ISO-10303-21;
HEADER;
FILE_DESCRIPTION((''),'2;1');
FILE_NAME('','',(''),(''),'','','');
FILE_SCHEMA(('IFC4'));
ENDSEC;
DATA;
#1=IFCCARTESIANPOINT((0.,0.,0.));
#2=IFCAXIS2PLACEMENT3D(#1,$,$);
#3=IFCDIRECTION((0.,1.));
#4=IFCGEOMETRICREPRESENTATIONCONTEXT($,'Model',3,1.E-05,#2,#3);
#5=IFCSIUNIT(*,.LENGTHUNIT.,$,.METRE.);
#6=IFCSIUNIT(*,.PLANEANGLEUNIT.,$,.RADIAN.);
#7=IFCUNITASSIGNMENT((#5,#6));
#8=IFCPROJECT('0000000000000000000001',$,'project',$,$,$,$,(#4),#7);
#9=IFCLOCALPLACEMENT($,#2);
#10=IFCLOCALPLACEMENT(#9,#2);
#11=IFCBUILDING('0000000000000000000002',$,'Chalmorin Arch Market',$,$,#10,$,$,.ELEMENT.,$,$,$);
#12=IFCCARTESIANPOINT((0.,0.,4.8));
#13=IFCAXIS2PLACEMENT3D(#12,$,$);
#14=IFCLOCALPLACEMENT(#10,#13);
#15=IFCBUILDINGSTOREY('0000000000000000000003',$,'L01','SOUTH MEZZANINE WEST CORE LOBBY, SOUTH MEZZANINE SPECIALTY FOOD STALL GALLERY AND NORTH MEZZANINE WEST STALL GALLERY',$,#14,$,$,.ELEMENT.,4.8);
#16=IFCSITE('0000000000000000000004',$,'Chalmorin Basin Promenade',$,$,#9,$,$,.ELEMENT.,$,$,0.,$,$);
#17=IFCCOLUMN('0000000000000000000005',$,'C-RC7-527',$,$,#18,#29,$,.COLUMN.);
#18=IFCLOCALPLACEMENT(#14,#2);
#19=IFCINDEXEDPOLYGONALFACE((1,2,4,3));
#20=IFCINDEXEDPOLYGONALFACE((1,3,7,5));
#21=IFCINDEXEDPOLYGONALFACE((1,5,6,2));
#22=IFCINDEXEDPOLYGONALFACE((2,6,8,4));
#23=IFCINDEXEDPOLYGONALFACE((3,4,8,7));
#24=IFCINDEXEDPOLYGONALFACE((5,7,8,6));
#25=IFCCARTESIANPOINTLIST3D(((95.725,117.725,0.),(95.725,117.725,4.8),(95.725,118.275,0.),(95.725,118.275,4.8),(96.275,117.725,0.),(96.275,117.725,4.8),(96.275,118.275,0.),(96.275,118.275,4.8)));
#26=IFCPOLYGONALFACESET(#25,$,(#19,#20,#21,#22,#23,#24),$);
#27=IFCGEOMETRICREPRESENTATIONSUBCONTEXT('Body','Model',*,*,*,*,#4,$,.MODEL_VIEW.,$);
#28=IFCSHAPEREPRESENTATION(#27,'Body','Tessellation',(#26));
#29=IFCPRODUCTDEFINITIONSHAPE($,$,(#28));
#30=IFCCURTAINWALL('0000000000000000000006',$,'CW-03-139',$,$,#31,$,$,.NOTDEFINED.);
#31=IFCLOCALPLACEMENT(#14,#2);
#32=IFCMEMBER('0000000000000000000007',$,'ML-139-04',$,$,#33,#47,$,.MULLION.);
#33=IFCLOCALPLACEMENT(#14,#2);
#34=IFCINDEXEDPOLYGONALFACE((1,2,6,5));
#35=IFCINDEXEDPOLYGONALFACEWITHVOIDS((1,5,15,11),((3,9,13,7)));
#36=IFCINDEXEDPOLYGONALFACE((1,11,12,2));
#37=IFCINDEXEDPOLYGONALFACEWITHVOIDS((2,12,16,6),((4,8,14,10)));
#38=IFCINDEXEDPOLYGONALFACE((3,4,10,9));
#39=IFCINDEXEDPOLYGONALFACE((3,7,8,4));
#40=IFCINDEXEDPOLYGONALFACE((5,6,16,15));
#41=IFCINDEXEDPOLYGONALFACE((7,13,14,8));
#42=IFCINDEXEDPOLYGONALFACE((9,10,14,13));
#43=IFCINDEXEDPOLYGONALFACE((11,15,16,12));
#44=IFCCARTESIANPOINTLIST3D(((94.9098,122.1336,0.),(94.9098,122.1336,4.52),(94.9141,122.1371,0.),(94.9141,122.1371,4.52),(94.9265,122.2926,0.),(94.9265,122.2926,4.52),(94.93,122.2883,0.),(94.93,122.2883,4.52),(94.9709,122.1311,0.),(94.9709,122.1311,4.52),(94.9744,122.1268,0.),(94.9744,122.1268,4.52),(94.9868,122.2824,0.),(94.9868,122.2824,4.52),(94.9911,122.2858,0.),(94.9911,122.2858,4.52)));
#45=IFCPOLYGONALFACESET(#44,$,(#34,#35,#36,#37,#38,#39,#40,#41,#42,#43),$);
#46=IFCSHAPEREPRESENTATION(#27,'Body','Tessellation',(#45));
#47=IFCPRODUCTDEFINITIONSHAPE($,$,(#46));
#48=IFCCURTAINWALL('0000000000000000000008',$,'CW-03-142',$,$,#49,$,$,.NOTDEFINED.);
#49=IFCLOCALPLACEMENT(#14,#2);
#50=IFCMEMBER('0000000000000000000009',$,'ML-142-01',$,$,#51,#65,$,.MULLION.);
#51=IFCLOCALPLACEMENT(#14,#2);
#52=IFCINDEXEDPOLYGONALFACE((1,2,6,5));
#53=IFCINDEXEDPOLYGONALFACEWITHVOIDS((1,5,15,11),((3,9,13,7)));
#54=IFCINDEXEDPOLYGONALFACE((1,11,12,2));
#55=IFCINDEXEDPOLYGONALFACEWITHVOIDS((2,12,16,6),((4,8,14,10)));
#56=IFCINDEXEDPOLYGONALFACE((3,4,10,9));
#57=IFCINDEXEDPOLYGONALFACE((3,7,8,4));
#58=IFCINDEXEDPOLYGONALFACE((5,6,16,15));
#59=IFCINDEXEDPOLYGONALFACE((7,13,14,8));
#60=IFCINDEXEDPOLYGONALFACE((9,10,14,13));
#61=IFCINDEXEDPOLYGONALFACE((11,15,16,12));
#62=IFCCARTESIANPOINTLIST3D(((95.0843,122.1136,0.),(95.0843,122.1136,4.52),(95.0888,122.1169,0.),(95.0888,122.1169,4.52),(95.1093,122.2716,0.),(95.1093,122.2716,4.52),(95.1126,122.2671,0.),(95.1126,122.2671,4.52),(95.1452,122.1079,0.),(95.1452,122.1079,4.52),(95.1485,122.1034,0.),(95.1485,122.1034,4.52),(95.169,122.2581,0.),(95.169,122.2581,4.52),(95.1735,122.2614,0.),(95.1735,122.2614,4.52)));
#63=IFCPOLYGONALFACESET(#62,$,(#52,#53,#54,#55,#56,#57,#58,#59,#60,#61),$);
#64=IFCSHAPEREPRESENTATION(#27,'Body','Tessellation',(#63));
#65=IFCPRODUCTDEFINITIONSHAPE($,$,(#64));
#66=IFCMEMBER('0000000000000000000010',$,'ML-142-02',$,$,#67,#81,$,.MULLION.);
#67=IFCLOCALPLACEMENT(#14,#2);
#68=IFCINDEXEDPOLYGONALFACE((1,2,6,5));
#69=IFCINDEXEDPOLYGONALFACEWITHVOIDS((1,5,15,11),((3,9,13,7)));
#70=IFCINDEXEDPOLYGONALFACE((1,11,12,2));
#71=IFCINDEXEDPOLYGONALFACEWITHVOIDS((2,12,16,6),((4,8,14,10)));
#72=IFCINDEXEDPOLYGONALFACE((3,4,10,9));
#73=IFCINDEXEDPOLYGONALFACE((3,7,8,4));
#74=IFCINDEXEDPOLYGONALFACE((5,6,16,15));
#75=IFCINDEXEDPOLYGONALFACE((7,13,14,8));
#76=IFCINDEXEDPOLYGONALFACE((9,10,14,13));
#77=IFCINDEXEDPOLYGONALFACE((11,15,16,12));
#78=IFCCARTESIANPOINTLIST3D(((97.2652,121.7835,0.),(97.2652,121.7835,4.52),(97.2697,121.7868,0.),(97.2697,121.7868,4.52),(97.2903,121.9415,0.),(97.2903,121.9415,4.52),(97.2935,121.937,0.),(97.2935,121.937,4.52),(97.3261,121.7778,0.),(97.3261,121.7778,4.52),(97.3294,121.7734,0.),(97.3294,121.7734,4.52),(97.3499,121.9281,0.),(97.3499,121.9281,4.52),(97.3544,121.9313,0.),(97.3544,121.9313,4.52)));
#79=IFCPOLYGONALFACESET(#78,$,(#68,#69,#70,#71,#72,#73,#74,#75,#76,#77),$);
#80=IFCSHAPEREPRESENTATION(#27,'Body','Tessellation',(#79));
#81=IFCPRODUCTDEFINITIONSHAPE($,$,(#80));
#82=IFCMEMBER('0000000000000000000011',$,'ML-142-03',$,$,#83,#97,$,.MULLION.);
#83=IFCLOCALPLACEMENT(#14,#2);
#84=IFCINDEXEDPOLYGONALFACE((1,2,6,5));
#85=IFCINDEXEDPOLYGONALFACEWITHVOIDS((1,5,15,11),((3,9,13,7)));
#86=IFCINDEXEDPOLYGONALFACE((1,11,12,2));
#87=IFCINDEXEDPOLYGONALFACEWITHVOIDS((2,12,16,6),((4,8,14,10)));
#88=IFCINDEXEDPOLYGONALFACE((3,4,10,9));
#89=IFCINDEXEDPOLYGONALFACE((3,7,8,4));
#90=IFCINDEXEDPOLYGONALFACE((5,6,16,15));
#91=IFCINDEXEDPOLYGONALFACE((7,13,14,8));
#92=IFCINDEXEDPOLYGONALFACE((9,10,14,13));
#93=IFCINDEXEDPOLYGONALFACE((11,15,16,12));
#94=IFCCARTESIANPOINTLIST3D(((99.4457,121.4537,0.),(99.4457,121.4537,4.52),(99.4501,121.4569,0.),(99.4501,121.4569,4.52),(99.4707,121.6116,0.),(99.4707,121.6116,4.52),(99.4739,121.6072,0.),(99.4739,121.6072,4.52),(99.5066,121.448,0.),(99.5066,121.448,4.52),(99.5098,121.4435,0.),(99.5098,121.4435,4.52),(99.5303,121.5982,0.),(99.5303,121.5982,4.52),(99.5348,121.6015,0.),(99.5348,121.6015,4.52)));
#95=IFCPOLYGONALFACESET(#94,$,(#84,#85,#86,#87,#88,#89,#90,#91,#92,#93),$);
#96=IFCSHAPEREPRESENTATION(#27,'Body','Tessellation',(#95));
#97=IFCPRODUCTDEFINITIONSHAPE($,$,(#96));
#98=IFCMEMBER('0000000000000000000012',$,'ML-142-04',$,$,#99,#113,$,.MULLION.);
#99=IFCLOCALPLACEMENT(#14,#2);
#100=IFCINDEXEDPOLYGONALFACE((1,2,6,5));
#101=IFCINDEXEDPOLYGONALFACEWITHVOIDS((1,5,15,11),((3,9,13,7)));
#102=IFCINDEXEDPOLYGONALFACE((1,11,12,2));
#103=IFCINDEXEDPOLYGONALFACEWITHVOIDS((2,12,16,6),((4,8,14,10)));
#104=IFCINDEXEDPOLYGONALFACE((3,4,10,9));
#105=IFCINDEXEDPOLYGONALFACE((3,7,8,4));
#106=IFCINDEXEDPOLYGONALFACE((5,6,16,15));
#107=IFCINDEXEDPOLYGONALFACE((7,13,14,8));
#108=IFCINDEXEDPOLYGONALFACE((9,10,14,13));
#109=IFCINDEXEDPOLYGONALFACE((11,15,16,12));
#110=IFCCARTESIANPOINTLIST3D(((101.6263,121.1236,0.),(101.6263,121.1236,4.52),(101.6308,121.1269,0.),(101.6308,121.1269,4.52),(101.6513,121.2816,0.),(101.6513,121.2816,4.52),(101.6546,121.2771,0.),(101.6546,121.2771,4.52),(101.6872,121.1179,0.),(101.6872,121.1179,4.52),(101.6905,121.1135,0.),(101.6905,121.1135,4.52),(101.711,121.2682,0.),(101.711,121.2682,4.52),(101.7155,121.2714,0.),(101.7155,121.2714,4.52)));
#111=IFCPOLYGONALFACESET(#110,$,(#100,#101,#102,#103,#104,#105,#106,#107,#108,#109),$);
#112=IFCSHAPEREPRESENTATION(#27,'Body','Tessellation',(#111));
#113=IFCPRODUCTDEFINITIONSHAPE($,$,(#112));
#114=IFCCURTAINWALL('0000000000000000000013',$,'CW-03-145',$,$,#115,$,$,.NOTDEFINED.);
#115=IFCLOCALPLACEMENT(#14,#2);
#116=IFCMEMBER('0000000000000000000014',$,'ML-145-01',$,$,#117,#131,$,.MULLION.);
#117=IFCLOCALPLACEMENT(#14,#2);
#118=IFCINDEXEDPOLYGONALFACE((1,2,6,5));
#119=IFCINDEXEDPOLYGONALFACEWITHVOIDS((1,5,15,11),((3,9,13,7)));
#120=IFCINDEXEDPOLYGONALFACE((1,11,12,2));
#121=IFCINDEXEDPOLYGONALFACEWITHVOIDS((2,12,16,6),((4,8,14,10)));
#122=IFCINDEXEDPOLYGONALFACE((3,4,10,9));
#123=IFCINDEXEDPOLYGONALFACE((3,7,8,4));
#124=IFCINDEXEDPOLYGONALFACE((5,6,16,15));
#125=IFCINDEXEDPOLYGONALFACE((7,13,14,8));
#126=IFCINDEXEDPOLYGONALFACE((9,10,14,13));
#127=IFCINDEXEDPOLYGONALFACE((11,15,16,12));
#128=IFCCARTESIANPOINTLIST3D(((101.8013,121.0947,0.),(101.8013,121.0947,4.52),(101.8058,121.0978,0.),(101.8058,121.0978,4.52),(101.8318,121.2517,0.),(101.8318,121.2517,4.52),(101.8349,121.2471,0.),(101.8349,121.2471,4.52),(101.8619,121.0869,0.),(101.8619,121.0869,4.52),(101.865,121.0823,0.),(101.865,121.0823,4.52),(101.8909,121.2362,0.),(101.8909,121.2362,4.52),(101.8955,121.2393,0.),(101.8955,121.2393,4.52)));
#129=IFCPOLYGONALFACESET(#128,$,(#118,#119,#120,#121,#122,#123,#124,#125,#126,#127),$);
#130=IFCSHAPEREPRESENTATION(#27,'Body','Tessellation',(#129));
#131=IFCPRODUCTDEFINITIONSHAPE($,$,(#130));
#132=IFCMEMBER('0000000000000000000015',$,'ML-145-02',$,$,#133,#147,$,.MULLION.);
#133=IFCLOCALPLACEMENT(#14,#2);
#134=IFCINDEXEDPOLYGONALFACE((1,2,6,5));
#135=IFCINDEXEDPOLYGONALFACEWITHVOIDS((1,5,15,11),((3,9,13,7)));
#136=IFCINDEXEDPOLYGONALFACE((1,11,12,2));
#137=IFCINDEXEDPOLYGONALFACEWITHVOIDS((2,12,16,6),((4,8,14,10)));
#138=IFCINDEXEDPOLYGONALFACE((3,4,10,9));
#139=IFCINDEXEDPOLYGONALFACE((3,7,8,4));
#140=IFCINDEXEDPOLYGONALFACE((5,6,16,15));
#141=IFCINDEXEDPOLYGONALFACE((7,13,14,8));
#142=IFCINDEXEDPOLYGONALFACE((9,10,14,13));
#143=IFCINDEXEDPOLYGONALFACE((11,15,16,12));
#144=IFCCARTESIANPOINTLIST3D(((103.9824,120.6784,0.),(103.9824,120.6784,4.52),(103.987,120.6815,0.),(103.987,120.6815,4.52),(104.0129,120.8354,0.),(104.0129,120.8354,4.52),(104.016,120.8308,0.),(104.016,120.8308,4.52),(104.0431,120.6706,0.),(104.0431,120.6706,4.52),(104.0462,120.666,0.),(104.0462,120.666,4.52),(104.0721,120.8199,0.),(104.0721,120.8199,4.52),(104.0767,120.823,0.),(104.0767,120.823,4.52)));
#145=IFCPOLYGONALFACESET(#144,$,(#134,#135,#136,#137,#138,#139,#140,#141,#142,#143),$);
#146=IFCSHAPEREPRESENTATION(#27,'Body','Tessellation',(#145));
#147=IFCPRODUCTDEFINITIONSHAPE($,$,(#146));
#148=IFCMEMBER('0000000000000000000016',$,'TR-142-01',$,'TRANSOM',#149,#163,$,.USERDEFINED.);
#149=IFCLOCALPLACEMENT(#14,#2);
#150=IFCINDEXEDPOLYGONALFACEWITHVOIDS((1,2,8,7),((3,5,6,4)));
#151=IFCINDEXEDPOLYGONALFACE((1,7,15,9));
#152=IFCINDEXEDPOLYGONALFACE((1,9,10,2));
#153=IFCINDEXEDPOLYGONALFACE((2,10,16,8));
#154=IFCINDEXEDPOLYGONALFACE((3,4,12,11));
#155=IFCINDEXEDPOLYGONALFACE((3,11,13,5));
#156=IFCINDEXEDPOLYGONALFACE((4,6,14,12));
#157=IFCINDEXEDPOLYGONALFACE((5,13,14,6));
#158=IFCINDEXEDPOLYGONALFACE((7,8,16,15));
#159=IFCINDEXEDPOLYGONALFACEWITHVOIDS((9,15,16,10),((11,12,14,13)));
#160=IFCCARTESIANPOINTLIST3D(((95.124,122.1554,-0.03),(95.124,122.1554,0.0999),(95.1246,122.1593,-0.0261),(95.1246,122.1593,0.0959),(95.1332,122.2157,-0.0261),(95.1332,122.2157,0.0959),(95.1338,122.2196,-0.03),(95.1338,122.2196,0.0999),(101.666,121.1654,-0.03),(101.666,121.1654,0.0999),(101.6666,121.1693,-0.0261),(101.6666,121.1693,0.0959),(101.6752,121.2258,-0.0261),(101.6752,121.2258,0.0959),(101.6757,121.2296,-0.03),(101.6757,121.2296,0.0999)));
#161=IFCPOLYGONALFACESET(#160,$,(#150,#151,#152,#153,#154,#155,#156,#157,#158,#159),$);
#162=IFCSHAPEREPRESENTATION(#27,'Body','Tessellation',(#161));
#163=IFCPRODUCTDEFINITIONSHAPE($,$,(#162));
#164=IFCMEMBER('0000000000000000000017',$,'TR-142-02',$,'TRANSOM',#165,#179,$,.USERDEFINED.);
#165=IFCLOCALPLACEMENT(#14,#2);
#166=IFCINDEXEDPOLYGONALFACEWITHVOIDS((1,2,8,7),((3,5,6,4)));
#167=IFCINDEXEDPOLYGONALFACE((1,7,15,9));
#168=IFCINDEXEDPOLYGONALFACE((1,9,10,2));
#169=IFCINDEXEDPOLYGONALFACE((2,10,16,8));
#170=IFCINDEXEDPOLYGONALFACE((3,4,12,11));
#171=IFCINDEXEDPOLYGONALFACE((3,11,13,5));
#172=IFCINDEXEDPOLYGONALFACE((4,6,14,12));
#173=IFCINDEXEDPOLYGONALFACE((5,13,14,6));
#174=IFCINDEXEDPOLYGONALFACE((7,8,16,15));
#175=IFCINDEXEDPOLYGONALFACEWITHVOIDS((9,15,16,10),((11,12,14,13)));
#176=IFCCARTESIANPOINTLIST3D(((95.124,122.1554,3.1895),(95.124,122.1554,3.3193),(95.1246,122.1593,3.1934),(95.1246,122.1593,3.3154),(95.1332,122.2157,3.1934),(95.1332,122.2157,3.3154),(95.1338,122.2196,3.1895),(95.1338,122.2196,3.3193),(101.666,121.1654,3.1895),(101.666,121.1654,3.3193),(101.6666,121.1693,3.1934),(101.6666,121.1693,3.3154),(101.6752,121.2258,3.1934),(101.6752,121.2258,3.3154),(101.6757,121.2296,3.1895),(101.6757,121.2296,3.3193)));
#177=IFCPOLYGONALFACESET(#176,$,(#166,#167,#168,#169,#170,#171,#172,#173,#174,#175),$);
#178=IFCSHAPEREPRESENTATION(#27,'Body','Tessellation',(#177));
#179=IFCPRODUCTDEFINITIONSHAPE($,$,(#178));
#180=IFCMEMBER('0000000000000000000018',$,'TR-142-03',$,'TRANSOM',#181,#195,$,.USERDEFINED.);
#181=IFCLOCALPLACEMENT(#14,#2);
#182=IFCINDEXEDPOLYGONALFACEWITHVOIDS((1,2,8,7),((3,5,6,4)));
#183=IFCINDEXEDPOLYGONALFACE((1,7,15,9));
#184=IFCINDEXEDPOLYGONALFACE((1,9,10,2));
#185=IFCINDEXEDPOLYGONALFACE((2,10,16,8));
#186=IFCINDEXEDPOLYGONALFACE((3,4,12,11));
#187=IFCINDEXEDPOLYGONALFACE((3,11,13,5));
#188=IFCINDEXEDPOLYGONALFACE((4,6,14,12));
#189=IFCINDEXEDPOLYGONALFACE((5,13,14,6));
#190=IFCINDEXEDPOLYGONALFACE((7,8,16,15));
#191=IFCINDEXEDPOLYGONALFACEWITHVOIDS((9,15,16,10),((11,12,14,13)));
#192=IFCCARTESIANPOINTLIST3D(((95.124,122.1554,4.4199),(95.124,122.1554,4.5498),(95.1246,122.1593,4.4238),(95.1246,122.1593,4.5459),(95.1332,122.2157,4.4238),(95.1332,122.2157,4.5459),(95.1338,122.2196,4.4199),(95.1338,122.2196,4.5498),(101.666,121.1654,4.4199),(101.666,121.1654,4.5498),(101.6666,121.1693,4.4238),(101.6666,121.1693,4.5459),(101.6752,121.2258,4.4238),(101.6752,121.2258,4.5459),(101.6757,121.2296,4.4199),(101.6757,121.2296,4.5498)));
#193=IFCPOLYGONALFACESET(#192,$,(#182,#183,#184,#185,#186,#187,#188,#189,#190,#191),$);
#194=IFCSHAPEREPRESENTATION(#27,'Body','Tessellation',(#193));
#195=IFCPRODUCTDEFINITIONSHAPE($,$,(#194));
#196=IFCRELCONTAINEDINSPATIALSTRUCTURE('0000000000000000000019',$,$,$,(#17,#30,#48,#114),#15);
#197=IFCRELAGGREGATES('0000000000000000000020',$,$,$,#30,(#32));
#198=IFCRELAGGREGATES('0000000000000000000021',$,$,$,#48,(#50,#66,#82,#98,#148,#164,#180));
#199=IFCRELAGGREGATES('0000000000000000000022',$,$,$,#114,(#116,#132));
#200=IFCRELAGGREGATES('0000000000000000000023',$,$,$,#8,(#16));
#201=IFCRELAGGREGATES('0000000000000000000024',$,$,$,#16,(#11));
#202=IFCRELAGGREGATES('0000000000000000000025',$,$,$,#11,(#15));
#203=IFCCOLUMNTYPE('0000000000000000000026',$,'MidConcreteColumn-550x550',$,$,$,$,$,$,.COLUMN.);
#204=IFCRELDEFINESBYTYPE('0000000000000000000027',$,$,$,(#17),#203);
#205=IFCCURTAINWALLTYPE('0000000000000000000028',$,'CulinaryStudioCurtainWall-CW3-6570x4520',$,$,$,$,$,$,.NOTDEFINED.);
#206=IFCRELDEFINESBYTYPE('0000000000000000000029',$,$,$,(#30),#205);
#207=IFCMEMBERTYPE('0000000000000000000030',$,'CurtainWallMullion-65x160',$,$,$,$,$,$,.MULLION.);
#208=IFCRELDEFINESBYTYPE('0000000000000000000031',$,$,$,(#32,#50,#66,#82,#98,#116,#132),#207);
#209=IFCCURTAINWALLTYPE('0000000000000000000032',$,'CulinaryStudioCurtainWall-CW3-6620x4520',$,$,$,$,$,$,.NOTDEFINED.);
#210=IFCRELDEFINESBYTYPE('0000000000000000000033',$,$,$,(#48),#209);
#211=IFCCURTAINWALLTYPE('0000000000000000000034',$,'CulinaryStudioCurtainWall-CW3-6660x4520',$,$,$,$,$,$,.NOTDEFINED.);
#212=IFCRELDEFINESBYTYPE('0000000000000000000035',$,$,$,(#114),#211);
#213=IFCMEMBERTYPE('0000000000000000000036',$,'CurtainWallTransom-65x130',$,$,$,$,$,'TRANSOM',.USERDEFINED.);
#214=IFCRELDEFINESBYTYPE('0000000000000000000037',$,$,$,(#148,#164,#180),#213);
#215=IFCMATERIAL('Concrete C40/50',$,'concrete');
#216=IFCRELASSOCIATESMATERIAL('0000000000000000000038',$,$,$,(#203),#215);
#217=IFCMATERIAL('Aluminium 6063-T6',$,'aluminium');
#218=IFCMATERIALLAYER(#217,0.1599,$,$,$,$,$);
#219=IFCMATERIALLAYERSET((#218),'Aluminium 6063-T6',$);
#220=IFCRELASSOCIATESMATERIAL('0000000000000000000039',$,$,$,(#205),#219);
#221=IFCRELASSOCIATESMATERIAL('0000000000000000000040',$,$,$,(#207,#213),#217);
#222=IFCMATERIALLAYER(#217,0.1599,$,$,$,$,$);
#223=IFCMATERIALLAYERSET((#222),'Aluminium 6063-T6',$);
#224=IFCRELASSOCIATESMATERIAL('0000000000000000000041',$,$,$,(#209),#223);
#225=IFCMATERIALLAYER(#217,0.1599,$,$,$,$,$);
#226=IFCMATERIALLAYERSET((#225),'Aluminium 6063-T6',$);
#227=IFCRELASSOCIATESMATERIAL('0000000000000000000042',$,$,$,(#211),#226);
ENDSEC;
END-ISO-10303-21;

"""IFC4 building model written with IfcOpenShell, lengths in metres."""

from ifc_helpers import new_model, si_unit, direction, frame, origin, origin_2d, place, context, subcontext, project, spatial, rectangle, hollow_rectangle, extrude, material, layer, layer_set, material_profile, profile_set, type_object, element, aggregate, save


model = new_model("IFC4")

# Units and contexts
model_context = context("Model", 3, precision=1e-05, world=origin(), true_north=direction((0.0, 1.0)))
body_context = subcontext(model_context, "Body", "Model", "MODEL_VIEW")
ifc_project = project(units=[si_unit("LENGTHUNIT", "METRE"), si_unit("PLANEANGLEUNIT", "RADIAN")], contexts=[model_context])

# Site, building, storey
site_placement = place(None, origin())
site = spatial("IfcSite", under=ifc_project, at=site_placement, Name="Chalmorin Basin Promenade", CompositionType="ELEMENT", RefElevation=0.0)
building_placement = place(site_placement, origin())
building = spatial("IfcBuilding", under=site, at=building_placement, Name="Chalmorin Arch Market", CompositionType="ELEMENT")
storey_placement = place(building_placement, frame((0.0, 0.0, 4.8)))
storey = spatial("IfcBuildingStorey", under=building, at=storey_placement, Name="L01", Description="SOUTH MEZZANINE WEST CORE LOBBY, SOUTH MEZZANINE SPECIALTY FOOD STALL GALLERY AND NORTH MEZZANINE WEST STALL GALLERY", CompositionType="ELEMENT", Elevation=4.8)

# Column
ifc_material_1 = material(Name="Concrete C40/50", Category="concrete")
ifc_material_profile_1 = material_profile(ifc_material_1, rectangle(XDim=0.55, YDim=0.55, at=origin_2d()), Name="RC550X550")
ifc_profile_set_1 = profile_set([ifc_material_profile_1], Name="Concrete C40/50")
column_type = type_object("IfcColumnType", Name="MidConcreteColumn-550x550", PredefinedType="COLUMN", material=ifc_profile_set_1)
column_placement = place(storey_placement, frame((96.0, 118.0, 0.0), z_axis=(0.0, 0.0, 1.0), x_axis=(1.0, 0.0, 0.0)))
element("IfcColumn", 1, at=column_placement, inside=storey, type_object=column_type, Name="C-RC7-527", PredefinedType="COLUMN", context=body_context, shape_type="SweptSolid", body=[
    extrude(rectangle(XDim=0.55, YDim=0.55, at=origin_2d()), origin(), (0.0, 0.0, 1.0), 4.8),
])

# Curtain wall, member
ifc_material_2 = material(Name="Aluminium 6063-T6", Category="aluminium")
ifc_layer_1 = layer(ifc_material_2, 0.1599)
ifc_layer_set_1 = layer_set([ifc_layer_1], Name="Aluminium 6063-T6")
curtain_wall_type_1 = type_object("IfcCurtainWallType", Name="CulinaryStudioCurtainWall-CW3-6570x4520", PredefinedType="NOTDEFINED", material=ifc_layer_set_1)
curtain_wall_1_placement = place(storey_placement, origin())
curtain_wall_1 = element("IfcCurtainWall", 2, at=curtain_wall_1_placement, inside=storey, type_object=curtain_wall_type_1, Name="CW-03-139", PredefinedType="NOTDEFINED")
ifc_material_profile_2 = material_profile(ifc_material_2, hollow_rectangle(XDim=0.0649, YDim=0.1599, WallThickness=0.0039, at=origin_2d()), Name="ALU65X160X4")
ifc_profile_set_2 = profile_set([ifc_material_profile_2], Name="Aluminium 6063-T6")
member_type_1 = type_object("IfcMemberType", Name="CurtainWallMullion-65x160", PredefinedType="MULLION", material=ifc_profile_set_2)
member_1_placement = place(storey_placement, frame((94.9504, 122.2097, 0.0), z_axis=(0.0, 0.0, 1.0), x_axis=(0.994522, -0.104528, 0.0)))
member_1 = element("IfcMember", 3, at=member_1_placement, type_object=member_type_1, Name="ML-139-04", PredefinedType="MULLION", context=body_context, shape_type="SweptSolid", body=[
    extrude(hollow_rectangle(XDim=0.0649, YDim=0.1599, WallThickness=0.0039, at=origin_2d()), origin(), (0.0, 0.0, 1.0), 4.52),
])

# Curtain walls, members
ifc_layer_2 = layer(ifc_material_2, 0.1599)
ifc_layer_set_2 = layer_set([ifc_layer_2], Name="Aluminium 6063-T6")
curtain_wall_type_2 = type_object("IfcCurtainWallType", Name="CulinaryStudioCurtainWall-CW3-6620x4520", PredefinedType="NOTDEFINED", material=ifc_layer_set_2)
curtain_wall_2_placement = place(storey_placement, origin())
curtain_wall_2 = element("IfcCurtainWall", 4, at=curtain_wall_2_placement, inside=storey, type_object=curtain_wall_type_2, Name="CW-03-142", PredefinedType="NOTDEFINED")
member_2_placement = place(storey_placement, frame((95.1289, 122.1875, 0.0), z_axis=(0.0, 0.0, 1.0), x_axis=(0.987688, -0.156434, 0.0)))
member_2 = element("IfcMember", 5, at=member_2_placement, type_object=member_type_1, Name="ML-142-01", PredefinedType="MULLION", context=body_context, shape_type="SweptSolid", body=[
    extrude(hollow_rectangle(XDim=0.0649, YDim=0.1599, WallThickness=0.0039, at=origin_2d()), origin(), (0.0, 0.0, 1.0), 4.52),
])
member_3_placement = place(storey_placement, frame((97.3098, 121.8574, 0.0), z_axis=(0.0, 0.0, 1.0), x_axis=(0.987688, -0.156434, 0.0)))
member_3 = element("IfcMember", 6, at=member_3_placement, type_object=member_type_1, Name="ML-142-02", PredefinedType="MULLION", context=body_context, shape_type="SweptSolid", body=[
    extrude(hollow_rectangle(XDim=0.0649, YDim=0.1599, WallThickness=0.0039, at=origin_2d()), origin(), (0.0, 0.0, 1.0), 4.52),
])
member_4_placement = place(storey_placement, frame((99.4902, 121.5276, 0.0), z_axis=(0.0, 0.0, 1.0), x_axis=(0.987688, -0.156434, 0.0)))
member_4 = element("IfcMember", 7, at=member_4_placement, type_object=member_type_1, Name="ML-142-03", PredefinedType="MULLION", context=body_context, shape_type="SweptSolid", body=[
    extrude(hollow_rectangle(XDim=0.0649, YDim=0.1599, WallThickness=0.0039, at=origin_2d()), origin(), (0.0, 0.0, 1.0), 4.52),
])
member_5_placement = place(storey_placement, frame((101.6709, 121.1975, 0.0), z_axis=(0.0, 0.0, 1.0), x_axis=(0.987688, -0.156434, 0.0)))
member_5 = element("IfcMember", 8, at=member_5_placement, type_object=member_type_1, Name="ML-142-04", PredefinedType="MULLION", context=body_context, shape_type="SweptSolid", body=[
    extrude(hollow_rectangle(XDim=0.0649, YDim=0.1599, WallThickness=0.0039, at=origin_2d()), origin(), (0.0, 0.0, 1.0), 4.52),
])
ifc_layer_3 = layer(ifc_material_2, 0.1599)
ifc_layer_set_3 = layer_set([ifc_layer_3], Name="Aluminium 6063-T6")
curtain_wall_type_3 = type_object("IfcCurtainWallType", Name="CulinaryStudioCurtainWall-CW3-6660x4520", PredefinedType="NOTDEFINED", material=ifc_layer_set_3)
curtain_wall_3_placement = place(storey_placement, origin())
curtain_wall_3 = element("IfcCurtainWall", 9, at=curtain_wall_3_placement, inside=storey, type_object=curtain_wall_type_3, Name="CW-03-145", PredefinedType="NOTDEFINED")
member_6_placement = place(storey_placement, frame((101.8484, 121.167, 0.0), z_axis=(0.0, 0.0, 1.0), x_axis=(0.981627, -0.190809, 0.0)))
member_6 = element("IfcMember", 10, at=member_6_placement, type_object=member_type_1, Name="ML-145-01", PredefinedType="MULLION", context=body_context, shape_type="SweptSolid", body=[
    extrude(hollow_rectangle(XDim=0.0649, YDim=0.1599, WallThickness=0.0039, at=origin_2d()), origin(), (0.0, 0.0, 1.0), 4.52),
])
member_7_placement = place(storey_placement, frame((104.0295, 120.7507, 0.0), z_axis=(0.0, 0.0, 1.0), x_axis=(0.981627, -0.190809, 0.0)))
member_7 = element("IfcMember", 11, at=member_7_placement, type_object=member_type_1, Name="ML-145-02", PredefinedType="MULLION", context=body_context, shape_type="SweptSolid", body=[
    extrude(hollow_rectangle(XDim=0.0649, YDim=0.1599, WallThickness=0.0039, at=origin_2d()), origin(), (0.0, 0.0, 1.0), 4.52),
])

# Members
ifc_material_profile_3 = material_profile(ifc_material_2, hollow_rectangle(XDim=0.0649, YDim=0.1299, WallThickness=0.0039, at=origin_2d()), Name="ALU65X130X4")
ifc_profile_set_3 = profile_set([ifc_material_profile_3], Name="Aluminium 6063-T6")
member_type_2 = type_object("IfcMemberType", Name="CurtainWallTransom-65x130", ElementType="TRANSOM", PredefinedType="USERDEFINED", material=ifc_profile_set_3)
member_8_placement = place(storey_placement, frame((95.1289, 122.1875, 0.0349), z_axis=(0.988743, -0.149625, 0.0), x_axis=(0.149625, 0.988743, 0.0)))
member_8 = element("IfcMember", 12, at=member_8_placement, type_object=member_type_2, Name="TR-142-01", ObjectType="TRANSOM", PredefinedType="USERDEFINED", context=body_context, shape_type="SweptSolid", body=[
    extrude(hollow_rectangle(XDim=0.0649, YDim=0.1299, WallThickness=0.0039, at=origin_2d()), origin(), (0.0, 0.0, 1.0), 6.6165),
])
member_9_placement = place(storey_placement, frame((95.1289, 122.1875, 3.2544), z_axis=(0.988743, -0.149625, 0.0), x_axis=(0.149625, 0.988743, 0.0)))
member_9 = element("IfcMember", 13, at=member_9_placement, type_object=member_type_2, Name="TR-142-02", ObjectType="TRANSOM", PredefinedType="USERDEFINED", context=body_context, shape_type="SweptSolid", body=[
    extrude(hollow_rectangle(XDim=0.0649, YDim=0.1299, WallThickness=0.0039, at=origin_2d()), origin(), (0.0, 0.0, 1.0), 6.6165),
])
member_10_placement = place(storey_placement, frame((95.1289, 122.1875, 4.4849), z_axis=(0.988743, -0.149625, 0.0), x_axis=(0.149625, 0.988743, 0.0)))
member_10 = element("IfcMember", 14, at=member_10_placement, type_object=member_type_2, Name="TR-142-03", ObjectType="TRANSOM", PredefinedType="USERDEFINED", context=body_context, shape_type="SweptSolid", body=[
    extrude(hollow_rectangle(XDim=0.0649, YDim=0.1299, WallThickness=0.0039, at=origin_2d()), origin(), (0.0, 0.0, 1.0), 6.6165),
])

aggregate(curtain_wall_1, [member_1])
aggregate(curtain_wall_2, [member_2, member_3, member_4, member_5, member_8, member_9, member_10])
aggregate(curtain_wall_3, [member_6, member_7])

save(model, "model.ifc")
